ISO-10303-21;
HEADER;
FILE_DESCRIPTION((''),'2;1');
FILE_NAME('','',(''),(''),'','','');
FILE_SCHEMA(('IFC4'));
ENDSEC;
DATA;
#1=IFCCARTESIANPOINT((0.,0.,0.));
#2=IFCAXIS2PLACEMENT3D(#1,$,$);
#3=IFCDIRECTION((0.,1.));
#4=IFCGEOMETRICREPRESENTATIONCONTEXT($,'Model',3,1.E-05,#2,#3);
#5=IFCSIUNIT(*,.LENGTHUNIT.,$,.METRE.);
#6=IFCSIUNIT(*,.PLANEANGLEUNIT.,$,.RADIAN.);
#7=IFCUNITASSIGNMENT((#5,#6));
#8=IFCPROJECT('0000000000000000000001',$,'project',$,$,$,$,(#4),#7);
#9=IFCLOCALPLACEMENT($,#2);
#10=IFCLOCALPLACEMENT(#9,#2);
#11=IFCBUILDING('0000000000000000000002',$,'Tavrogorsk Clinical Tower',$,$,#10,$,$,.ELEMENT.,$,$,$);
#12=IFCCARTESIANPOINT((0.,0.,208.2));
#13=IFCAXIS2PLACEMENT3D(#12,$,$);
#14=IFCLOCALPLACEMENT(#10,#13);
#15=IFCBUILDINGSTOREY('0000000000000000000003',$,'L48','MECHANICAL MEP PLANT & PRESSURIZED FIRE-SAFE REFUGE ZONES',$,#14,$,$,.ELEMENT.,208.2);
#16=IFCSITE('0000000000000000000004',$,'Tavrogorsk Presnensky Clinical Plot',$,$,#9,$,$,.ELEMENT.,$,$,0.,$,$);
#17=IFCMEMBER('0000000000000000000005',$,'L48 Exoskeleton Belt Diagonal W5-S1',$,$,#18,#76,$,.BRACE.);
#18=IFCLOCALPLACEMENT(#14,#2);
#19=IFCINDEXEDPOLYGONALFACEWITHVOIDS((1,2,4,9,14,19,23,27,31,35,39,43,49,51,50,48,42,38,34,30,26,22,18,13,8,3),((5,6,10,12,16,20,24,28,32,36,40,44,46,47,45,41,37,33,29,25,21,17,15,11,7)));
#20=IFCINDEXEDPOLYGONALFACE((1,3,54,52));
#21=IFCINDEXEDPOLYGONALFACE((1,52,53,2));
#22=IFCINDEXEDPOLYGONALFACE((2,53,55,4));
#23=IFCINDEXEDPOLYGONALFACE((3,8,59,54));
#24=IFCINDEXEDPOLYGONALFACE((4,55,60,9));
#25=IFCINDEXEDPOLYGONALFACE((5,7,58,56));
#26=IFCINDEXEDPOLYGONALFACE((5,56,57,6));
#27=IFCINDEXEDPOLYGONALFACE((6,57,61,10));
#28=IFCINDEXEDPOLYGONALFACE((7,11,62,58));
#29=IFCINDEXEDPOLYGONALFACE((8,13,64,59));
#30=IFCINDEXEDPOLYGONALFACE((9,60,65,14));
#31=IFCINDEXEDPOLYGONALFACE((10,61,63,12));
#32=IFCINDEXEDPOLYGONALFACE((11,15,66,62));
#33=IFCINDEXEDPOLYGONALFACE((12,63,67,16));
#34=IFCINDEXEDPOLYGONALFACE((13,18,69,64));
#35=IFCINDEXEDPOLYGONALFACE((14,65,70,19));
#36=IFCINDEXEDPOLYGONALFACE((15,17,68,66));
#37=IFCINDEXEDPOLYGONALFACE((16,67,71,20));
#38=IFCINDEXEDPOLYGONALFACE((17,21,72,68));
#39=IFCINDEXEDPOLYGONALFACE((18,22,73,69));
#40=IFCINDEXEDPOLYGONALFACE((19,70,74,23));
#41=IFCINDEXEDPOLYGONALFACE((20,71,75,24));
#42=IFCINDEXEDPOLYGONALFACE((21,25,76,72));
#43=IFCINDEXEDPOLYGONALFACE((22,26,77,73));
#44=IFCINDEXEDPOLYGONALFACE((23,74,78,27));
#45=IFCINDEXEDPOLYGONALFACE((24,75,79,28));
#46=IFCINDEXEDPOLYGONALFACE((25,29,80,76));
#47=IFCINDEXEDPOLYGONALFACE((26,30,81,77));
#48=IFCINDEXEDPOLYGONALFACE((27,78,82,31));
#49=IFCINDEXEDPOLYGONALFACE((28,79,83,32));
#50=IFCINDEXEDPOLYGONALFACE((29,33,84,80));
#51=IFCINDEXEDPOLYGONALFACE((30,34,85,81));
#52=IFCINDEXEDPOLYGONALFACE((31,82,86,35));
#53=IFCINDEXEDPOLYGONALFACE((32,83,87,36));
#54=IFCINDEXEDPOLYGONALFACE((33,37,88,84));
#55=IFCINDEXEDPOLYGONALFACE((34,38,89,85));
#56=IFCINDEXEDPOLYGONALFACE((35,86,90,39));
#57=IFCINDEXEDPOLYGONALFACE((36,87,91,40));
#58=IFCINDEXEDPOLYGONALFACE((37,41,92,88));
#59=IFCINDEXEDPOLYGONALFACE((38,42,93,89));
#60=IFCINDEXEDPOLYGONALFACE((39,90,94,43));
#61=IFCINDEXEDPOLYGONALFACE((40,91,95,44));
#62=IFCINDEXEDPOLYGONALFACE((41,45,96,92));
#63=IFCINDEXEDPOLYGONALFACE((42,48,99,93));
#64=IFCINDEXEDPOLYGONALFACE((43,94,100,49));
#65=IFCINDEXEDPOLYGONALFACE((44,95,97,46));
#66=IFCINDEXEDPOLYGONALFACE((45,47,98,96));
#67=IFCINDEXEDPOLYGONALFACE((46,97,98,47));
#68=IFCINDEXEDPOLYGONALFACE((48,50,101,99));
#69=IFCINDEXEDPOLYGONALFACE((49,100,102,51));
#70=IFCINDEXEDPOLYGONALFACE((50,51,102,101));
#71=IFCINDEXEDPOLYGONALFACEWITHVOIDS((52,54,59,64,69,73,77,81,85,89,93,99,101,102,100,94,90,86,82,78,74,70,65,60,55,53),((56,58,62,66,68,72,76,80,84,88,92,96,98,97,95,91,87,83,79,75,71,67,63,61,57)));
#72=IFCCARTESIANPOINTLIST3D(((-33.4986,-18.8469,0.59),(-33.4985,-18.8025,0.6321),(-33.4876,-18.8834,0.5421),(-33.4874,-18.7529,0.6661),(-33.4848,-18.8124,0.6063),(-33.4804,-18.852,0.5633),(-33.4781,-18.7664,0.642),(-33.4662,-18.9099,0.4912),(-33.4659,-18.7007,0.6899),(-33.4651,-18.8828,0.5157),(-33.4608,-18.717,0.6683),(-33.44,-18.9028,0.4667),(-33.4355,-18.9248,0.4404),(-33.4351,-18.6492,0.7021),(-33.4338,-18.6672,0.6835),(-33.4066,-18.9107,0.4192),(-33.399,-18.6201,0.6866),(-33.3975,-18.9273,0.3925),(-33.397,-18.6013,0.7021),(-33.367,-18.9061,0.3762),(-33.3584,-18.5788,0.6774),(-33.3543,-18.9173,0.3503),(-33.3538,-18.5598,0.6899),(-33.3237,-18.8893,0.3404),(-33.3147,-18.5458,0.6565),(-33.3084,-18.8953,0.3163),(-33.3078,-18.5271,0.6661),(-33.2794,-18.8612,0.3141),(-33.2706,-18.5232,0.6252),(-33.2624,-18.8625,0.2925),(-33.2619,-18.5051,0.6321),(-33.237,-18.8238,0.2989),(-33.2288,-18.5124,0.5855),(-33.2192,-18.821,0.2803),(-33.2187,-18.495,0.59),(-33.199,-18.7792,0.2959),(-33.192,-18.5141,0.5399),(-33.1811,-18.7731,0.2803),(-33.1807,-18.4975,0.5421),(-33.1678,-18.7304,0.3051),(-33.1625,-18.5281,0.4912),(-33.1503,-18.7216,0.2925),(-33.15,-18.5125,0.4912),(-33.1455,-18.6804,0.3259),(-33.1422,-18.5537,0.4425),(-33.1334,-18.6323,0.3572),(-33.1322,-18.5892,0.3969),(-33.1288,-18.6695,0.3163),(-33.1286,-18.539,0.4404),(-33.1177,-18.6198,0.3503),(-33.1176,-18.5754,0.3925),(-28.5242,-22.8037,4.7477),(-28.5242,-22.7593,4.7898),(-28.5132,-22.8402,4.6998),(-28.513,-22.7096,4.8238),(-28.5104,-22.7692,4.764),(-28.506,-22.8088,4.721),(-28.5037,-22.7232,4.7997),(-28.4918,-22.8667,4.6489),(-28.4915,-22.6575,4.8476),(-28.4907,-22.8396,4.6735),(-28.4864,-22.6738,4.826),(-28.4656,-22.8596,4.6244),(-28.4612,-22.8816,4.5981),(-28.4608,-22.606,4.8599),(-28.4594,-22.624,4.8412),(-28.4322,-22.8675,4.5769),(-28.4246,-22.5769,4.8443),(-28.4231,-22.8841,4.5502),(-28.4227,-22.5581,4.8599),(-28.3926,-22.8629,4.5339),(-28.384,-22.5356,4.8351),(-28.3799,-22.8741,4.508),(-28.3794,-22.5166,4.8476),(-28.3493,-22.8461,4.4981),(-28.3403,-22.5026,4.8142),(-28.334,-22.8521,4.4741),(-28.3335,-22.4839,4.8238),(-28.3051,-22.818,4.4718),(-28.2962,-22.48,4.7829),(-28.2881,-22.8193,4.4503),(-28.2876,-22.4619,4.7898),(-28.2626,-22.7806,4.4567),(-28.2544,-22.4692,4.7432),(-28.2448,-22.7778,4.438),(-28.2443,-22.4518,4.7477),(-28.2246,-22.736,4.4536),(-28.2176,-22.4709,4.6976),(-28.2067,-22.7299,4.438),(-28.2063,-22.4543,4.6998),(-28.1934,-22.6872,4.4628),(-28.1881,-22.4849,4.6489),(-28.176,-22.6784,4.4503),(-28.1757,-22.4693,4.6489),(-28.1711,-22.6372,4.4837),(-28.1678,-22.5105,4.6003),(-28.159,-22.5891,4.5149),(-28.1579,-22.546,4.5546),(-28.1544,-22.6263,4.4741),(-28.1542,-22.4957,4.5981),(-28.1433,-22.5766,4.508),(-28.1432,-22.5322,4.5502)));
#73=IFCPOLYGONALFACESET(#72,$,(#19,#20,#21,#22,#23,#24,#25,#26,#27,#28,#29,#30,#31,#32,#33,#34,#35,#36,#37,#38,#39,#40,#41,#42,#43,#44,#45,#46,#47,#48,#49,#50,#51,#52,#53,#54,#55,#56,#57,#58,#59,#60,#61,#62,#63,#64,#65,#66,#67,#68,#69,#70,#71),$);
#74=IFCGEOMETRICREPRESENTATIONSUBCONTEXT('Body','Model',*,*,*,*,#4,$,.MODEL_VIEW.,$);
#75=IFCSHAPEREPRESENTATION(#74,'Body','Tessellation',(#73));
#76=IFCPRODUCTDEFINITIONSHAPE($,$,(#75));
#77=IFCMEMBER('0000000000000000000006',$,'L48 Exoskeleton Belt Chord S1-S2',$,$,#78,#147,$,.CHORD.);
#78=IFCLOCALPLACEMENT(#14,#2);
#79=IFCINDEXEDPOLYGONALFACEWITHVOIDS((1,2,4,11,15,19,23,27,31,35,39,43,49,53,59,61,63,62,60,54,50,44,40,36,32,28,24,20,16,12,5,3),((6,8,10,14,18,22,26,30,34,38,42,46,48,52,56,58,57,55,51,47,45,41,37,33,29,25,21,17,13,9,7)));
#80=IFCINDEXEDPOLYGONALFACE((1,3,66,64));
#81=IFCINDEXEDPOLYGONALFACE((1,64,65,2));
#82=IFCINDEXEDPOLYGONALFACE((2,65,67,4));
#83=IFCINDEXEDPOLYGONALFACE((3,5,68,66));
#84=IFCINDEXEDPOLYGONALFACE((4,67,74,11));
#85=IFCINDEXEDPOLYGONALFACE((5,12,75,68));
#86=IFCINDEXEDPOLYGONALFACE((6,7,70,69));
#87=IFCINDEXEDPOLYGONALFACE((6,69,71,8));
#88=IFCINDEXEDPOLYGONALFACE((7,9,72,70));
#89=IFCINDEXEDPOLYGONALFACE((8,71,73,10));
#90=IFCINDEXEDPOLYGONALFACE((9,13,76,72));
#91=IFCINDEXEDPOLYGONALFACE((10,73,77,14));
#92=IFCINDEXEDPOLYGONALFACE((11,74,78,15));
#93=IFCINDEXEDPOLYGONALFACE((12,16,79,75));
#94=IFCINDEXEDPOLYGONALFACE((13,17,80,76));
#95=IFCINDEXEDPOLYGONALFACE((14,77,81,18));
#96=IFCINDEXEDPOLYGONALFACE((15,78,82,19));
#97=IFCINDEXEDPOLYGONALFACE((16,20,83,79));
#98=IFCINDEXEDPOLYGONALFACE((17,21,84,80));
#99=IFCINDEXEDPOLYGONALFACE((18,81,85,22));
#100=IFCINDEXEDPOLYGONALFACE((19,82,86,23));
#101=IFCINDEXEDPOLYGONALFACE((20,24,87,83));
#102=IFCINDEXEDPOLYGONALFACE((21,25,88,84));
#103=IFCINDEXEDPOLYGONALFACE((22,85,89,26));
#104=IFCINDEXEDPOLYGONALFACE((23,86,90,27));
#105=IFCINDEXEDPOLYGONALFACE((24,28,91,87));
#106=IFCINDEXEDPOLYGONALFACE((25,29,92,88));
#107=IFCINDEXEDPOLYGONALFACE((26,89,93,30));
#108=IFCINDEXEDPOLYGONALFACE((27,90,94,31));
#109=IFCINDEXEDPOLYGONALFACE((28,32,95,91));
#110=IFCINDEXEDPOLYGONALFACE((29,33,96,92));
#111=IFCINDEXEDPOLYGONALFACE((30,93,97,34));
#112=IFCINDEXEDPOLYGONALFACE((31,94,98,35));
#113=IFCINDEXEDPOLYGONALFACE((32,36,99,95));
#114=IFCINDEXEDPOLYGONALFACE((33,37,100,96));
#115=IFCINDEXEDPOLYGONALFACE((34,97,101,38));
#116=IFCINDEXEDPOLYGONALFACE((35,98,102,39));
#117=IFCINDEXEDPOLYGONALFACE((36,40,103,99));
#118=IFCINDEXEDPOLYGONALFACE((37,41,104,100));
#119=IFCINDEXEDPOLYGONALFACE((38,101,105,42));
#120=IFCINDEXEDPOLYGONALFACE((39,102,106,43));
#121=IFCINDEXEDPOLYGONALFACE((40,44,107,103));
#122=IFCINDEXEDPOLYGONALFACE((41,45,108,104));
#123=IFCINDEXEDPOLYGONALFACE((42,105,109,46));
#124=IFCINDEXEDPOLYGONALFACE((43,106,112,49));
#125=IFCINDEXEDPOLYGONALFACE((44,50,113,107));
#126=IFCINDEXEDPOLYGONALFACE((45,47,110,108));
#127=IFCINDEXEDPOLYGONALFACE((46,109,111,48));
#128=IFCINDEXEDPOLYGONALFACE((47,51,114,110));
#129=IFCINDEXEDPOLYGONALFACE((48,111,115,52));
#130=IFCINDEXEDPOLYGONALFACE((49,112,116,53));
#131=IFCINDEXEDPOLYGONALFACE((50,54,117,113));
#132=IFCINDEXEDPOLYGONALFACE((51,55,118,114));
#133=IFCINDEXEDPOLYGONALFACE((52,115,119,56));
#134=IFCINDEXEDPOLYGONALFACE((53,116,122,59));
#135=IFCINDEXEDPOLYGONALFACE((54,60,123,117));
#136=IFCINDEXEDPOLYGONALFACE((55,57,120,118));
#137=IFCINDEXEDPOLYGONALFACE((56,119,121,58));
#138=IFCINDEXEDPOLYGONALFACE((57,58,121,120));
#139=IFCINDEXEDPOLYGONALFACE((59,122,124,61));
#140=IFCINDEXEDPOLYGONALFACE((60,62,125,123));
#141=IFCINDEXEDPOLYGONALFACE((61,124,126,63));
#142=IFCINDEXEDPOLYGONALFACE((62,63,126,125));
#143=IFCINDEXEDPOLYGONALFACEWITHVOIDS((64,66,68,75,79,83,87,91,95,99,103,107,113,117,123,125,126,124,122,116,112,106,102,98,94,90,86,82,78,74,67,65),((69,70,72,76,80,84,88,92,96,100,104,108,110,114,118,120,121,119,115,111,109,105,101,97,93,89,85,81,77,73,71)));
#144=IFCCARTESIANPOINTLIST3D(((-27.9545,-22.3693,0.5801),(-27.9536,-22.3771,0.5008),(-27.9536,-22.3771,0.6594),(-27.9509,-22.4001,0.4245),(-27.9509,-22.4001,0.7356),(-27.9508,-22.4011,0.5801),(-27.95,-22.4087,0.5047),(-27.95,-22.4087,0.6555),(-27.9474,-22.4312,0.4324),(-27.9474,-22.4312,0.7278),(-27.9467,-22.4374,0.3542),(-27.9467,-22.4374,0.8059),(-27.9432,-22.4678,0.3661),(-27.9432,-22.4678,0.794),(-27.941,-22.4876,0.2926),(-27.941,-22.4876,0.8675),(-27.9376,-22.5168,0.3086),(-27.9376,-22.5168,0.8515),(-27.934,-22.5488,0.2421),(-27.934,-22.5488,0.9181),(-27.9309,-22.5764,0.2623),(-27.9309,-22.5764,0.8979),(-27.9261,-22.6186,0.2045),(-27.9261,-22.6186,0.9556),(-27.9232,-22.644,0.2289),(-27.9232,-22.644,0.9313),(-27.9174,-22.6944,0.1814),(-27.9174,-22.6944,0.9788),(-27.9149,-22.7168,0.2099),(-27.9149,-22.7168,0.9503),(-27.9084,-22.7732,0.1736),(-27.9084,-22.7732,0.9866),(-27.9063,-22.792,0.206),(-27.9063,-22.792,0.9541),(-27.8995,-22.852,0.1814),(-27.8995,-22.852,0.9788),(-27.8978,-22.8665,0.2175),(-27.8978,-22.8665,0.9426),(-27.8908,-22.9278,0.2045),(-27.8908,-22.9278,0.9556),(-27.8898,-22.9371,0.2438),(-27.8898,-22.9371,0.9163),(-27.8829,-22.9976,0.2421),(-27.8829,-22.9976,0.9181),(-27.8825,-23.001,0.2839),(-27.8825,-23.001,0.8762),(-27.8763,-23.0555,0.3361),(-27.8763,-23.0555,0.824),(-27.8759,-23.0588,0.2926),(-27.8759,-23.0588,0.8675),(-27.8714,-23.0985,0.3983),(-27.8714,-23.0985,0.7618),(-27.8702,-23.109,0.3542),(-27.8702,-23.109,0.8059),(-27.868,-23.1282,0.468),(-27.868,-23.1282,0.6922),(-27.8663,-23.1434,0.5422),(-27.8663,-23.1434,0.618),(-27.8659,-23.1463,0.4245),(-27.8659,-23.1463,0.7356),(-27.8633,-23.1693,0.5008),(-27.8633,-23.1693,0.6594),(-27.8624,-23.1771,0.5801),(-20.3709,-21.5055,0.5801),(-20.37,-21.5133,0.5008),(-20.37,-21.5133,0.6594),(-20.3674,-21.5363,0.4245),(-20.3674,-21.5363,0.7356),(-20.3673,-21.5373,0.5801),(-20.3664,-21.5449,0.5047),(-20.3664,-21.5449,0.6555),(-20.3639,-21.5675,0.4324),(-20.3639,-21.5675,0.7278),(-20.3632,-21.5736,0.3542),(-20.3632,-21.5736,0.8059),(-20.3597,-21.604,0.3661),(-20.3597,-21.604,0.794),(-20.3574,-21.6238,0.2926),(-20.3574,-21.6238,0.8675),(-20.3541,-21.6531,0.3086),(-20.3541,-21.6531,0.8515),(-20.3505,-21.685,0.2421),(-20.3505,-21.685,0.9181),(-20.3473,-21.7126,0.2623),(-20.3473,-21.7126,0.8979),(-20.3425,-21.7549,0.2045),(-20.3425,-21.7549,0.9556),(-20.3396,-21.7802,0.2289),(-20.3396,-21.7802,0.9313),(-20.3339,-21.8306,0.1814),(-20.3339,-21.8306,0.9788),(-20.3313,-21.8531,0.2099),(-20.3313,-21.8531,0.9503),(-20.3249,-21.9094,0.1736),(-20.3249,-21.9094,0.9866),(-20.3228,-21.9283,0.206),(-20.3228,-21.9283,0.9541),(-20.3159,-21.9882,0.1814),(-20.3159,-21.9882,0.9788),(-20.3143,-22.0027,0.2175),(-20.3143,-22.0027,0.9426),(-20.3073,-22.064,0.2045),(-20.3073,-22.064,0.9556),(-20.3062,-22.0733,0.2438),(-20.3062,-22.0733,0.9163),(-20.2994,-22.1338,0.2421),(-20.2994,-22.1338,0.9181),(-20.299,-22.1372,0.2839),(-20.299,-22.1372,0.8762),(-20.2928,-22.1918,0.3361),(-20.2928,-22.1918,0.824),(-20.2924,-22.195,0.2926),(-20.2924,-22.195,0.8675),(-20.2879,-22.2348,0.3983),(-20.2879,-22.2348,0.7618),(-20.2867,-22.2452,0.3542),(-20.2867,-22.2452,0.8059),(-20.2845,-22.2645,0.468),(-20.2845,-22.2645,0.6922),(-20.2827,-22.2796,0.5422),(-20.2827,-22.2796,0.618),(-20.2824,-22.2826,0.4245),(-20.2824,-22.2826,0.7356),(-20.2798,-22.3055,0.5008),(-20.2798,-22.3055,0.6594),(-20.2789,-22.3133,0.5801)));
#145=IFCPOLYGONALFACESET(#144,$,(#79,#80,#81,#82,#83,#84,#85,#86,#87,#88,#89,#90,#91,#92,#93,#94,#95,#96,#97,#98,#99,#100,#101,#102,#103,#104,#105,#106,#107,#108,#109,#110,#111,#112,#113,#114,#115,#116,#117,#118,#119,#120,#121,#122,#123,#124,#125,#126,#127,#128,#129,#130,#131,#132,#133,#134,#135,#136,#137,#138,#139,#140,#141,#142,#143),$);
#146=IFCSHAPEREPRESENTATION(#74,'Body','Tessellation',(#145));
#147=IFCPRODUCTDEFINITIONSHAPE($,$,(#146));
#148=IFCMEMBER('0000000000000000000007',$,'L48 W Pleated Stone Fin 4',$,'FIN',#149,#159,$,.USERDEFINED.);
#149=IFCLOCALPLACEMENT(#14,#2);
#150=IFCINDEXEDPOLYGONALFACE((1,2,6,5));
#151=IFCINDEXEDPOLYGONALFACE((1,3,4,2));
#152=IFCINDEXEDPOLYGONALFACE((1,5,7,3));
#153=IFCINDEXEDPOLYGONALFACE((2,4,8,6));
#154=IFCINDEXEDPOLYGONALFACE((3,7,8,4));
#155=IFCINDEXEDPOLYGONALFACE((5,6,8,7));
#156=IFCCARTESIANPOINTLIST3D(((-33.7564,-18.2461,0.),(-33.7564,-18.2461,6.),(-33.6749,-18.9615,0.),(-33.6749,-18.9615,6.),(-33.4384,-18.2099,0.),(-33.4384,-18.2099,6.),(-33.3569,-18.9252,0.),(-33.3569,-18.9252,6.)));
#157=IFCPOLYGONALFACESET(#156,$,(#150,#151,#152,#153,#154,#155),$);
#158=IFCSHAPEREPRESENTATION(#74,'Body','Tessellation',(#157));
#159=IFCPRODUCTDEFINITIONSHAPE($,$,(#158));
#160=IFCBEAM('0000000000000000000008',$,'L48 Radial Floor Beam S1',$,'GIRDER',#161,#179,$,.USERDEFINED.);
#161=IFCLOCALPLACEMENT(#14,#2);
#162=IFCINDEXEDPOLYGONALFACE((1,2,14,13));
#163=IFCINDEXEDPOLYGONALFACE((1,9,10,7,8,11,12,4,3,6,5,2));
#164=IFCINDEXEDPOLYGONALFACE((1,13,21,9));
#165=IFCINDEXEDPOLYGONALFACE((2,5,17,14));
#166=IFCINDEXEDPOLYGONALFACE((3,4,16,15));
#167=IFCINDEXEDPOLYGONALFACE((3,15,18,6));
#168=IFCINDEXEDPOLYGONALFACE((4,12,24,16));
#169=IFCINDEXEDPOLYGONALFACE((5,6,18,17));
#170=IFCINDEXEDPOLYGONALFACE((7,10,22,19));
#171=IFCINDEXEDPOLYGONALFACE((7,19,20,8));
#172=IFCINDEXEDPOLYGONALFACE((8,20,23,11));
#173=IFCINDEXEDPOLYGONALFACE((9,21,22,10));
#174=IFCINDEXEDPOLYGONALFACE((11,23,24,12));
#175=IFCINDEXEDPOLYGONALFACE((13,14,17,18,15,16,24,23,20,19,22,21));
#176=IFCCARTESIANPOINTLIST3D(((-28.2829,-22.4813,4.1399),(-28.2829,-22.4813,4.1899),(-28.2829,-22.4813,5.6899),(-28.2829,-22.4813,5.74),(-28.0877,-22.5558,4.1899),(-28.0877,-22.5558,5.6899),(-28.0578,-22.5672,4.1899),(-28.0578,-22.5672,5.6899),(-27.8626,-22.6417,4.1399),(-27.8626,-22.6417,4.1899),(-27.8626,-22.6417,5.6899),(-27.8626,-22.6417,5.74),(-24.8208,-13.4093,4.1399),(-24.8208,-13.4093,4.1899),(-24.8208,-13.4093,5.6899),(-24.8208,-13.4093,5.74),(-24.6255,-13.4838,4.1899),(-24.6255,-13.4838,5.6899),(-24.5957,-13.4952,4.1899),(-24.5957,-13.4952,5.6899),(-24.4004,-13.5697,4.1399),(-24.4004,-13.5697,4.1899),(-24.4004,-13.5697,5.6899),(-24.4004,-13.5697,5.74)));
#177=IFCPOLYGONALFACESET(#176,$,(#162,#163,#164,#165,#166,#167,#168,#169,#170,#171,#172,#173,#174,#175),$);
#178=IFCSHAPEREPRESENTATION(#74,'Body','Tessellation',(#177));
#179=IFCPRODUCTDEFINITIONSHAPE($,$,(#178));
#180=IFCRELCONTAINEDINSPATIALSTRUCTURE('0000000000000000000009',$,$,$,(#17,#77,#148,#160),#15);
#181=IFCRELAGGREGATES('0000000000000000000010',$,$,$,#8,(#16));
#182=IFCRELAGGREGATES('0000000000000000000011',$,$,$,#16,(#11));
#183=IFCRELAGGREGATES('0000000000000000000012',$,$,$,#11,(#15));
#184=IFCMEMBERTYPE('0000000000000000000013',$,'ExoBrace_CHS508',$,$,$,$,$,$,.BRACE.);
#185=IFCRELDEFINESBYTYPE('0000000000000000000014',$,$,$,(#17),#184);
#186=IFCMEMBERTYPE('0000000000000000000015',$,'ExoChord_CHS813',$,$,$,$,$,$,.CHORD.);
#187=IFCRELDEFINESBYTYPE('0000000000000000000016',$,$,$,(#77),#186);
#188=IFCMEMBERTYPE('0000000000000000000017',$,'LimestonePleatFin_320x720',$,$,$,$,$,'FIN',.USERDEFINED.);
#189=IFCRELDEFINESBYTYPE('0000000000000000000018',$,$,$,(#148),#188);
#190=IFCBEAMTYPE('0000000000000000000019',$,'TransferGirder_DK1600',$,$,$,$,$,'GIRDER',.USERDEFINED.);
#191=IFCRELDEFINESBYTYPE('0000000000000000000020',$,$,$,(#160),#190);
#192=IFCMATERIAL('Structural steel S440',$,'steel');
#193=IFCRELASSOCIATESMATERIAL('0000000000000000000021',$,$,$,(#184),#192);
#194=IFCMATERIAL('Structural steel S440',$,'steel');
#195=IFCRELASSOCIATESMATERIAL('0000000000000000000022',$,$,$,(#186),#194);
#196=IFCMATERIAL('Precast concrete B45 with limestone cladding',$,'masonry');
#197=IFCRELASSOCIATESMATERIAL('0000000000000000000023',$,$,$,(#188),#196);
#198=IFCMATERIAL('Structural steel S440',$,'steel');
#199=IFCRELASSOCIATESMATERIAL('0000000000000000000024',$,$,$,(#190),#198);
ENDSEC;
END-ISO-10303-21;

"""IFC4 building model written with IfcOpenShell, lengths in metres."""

from ifc_helpers import new_model, si_unit, direction, frame, origin, origin_2d, place, context, subcontext, project, spatial, rectangle, hollow_circle, i_section, extrude, material, material_profile, profile_set, type_object, element, save


model = new_model("IFC4")

# Units and contexts
model_context = context("Model", 3, precision=1e-05, world=origin(), true_north=direction((0.0, 1.0)))
body_context = subcontext(model_context, "Body", "Model", "MODEL_VIEW")
ifc_project = project(units=[si_unit("LENGTHUNIT", "METRE"), si_unit("PLANEANGLEUNIT", "RADIAN")], contexts=[model_context])

# Site, building, storey
site_placement = place(None, origin())
site = spatial("IfcSite", under=ifc_project, at=site_placement, Name="Tavrogorsk Presnensky Clinical Plot", CompositionType="ELEMENT", RefElevation=0.0)
building_placement = place(site_placement, origin())
building = spatial("IfcBuilding", under=site, at=building_placement, Name="Tavrogorsk Clinical Tower", CompositionType="ELEMENT")
storey_placement = place(building_placement, frame((0.0, 0.0, 208.2)))
storey = spatial("IfcBuildingStorey", under=building, at=storey_placement, Name="L48", Description="MECHANICAL MEP PLANT & PRESSURIZED FIRE-SAFE REFUGE ZONES", CompositionType="ELEMENT", Elevation=208.2)

# Members
ifc_material_1 = material(Name="Structural steel S440", Category="steel")
ifc_material_profile_1 = material_profile(ifc_material_1, hollow_circle(Radius=0.2539, WallThickness=0.02, at=origin_2d()), Name="CHS-508x20")
ifc_profile_set_1 = profile_set([ifc_material_profile_1], Name="Structural steel S440")
member_type_1 = type_object("IfcMemberType", Name="ExoBrace_CHS508", PredefinedType="BRACE", material=ifc_profile_set_1)
member_1_placement = place(storey_placement, frame((-33.3081, -18.7112, 0.4912), z_axis=(0.654935, -0.520959, 0.547413), x_axis=(0.622514, 0.782608, 0.0)))
element("IfcMember", 1, at=member_1_placement, inside=storey, type_object=member_type_1, Name="L48 Exoskeleton Belt Diagonal W5-S1", PredefinedType="BRACE", context=body_context, shape_type="SweptSolid", body=[
    extrude(hollow_circle(Radius=0.2539, WallThickness=0.02, at=origin_2d()), origin(), (0.0, 0.0, 1.0), 7.5952),
])
ifc_material_2 = material(Name="Structural steel S440", Category="steel")
ifc_material_profile_2 = material_profile(ifc_material_2, hollow_circle(Radius=0.4065, WallThickness=0.032, at=origin_2d()), Name="CHS-813x32")
ifc_profile_set_2 = profile_set([ifc_material_profile_2], Name="Structural steel S440")
member_type_2 = type_object("IfcMemberType", Name="ExoChord_CHS813", PredefinedType="CHORD", material=ifc_profile_set_2)
member_2_placement = place(storey_placement, frame((-27.9084, -22.7732, 0.5801), z_axis=(0.993576, 0.113169, 0.0), x_axis=(-0.113169, 0.993576, 0.0)))
element("IfcMember", 2, at=member_2_placement, inside=storey, type_object=member_type_2, Name="L48 Exoskeleton Belt Chord S1-S2", PredefinedType="CHORD", context=body_context, shape_type="SweptSolid", body=[
    extrude(hollow_circle(Radius=0.4065, WallThickness=0.032, at=origin_2d()), origin(), (0.0, 0.0, 1.0), 7.6326),
])
ifc_material_3 = material(Name="Precast concrete B45 with limestone cladding", Category="masonry")
ifc_material_profile_3 = material_profile(ifc_material_3, rectangle(XDim=0.3201, YDim=0.72, at=origin_2d()), Name="LIMESTONE-FIN-320x720")
ifc_profile_set_3 = profile_set([ifc_material_profile_3], Name="Precast concrete B45 with limestone cladding")
member_type_3 = type_object("IfcMemberType", Name="LimestonePleatFin_320x720", ElementType="FIN", PredefinedType="USERDEFINED", material=ifc_profile_set_3)
member_3_placement = place(storey_placement, frame((-33.5566, -18.5857, 0.0), z_axis=(0.0, 0.0, 1.0), x_axis=(0.993572, 0.113203, 0.0)))
element("IfcMember", 3, at=member_3_placement, inside=storey, type_object=member_type_3, Name="L48 W Pleated Stone Fin 4", ObjectType="FIN", PredefinedType="USERDEFINED", context=body_context, shape_type="SweptSolid", body=[
    extrude(rectangle(XDim=0.3201, YDim=0.72, at=origin_2d()), origin(), (0.0, 0.0, 1.0), 6.0),
])

# Beam
ifc_material_4 = material(Name="Structural steel S440", Category="steel")
ifc_material_profile_4 = material_profile(ifc_material_4, i_section(OverallWidth=0.45, OverallDepth=1.6001, WebThickness=0.032, FlangeThickness=0.05, at=origin_2d()), Name="DK-1600x450x32x50")
ifc_profile_set_4 = profile_set([ifc_material_profile_4], Name="Structural steel S440")
beam_type_1 = type_object("IfcBeamType", Name="TransferGirder_DK1600", ElementType="GIRDER", PredefinedType="USERDEFINED", material=ifc_profile_set_4)
beam_1_placement = place(storey_placement, frame((-24.6106, -13.4895, 4.9399), z_axis=(-0.356548, -0.934277, 0.0), x_axis=(0.934277, -0.356548, 0.0)))
element("IfcBeam", 4, at=beam_1_placement, inside=storey, type_object=beam_type_1, Name="L48 Radial Floor Beam S1", ObjectType="GIRDER", PredefinedType="USERDEFINED", context=body_context, shape_type="SweptSolid", body=[
    extrude(i_section(OverallWidth=0.45, OverallDepth=1.6001, WebThickness=0.032, FlangeThickness=0.05, at=origin_2d()), origin(), (0.0, 0.0, 1.0), 9.7102),
])

save(model, "model.ifc")
